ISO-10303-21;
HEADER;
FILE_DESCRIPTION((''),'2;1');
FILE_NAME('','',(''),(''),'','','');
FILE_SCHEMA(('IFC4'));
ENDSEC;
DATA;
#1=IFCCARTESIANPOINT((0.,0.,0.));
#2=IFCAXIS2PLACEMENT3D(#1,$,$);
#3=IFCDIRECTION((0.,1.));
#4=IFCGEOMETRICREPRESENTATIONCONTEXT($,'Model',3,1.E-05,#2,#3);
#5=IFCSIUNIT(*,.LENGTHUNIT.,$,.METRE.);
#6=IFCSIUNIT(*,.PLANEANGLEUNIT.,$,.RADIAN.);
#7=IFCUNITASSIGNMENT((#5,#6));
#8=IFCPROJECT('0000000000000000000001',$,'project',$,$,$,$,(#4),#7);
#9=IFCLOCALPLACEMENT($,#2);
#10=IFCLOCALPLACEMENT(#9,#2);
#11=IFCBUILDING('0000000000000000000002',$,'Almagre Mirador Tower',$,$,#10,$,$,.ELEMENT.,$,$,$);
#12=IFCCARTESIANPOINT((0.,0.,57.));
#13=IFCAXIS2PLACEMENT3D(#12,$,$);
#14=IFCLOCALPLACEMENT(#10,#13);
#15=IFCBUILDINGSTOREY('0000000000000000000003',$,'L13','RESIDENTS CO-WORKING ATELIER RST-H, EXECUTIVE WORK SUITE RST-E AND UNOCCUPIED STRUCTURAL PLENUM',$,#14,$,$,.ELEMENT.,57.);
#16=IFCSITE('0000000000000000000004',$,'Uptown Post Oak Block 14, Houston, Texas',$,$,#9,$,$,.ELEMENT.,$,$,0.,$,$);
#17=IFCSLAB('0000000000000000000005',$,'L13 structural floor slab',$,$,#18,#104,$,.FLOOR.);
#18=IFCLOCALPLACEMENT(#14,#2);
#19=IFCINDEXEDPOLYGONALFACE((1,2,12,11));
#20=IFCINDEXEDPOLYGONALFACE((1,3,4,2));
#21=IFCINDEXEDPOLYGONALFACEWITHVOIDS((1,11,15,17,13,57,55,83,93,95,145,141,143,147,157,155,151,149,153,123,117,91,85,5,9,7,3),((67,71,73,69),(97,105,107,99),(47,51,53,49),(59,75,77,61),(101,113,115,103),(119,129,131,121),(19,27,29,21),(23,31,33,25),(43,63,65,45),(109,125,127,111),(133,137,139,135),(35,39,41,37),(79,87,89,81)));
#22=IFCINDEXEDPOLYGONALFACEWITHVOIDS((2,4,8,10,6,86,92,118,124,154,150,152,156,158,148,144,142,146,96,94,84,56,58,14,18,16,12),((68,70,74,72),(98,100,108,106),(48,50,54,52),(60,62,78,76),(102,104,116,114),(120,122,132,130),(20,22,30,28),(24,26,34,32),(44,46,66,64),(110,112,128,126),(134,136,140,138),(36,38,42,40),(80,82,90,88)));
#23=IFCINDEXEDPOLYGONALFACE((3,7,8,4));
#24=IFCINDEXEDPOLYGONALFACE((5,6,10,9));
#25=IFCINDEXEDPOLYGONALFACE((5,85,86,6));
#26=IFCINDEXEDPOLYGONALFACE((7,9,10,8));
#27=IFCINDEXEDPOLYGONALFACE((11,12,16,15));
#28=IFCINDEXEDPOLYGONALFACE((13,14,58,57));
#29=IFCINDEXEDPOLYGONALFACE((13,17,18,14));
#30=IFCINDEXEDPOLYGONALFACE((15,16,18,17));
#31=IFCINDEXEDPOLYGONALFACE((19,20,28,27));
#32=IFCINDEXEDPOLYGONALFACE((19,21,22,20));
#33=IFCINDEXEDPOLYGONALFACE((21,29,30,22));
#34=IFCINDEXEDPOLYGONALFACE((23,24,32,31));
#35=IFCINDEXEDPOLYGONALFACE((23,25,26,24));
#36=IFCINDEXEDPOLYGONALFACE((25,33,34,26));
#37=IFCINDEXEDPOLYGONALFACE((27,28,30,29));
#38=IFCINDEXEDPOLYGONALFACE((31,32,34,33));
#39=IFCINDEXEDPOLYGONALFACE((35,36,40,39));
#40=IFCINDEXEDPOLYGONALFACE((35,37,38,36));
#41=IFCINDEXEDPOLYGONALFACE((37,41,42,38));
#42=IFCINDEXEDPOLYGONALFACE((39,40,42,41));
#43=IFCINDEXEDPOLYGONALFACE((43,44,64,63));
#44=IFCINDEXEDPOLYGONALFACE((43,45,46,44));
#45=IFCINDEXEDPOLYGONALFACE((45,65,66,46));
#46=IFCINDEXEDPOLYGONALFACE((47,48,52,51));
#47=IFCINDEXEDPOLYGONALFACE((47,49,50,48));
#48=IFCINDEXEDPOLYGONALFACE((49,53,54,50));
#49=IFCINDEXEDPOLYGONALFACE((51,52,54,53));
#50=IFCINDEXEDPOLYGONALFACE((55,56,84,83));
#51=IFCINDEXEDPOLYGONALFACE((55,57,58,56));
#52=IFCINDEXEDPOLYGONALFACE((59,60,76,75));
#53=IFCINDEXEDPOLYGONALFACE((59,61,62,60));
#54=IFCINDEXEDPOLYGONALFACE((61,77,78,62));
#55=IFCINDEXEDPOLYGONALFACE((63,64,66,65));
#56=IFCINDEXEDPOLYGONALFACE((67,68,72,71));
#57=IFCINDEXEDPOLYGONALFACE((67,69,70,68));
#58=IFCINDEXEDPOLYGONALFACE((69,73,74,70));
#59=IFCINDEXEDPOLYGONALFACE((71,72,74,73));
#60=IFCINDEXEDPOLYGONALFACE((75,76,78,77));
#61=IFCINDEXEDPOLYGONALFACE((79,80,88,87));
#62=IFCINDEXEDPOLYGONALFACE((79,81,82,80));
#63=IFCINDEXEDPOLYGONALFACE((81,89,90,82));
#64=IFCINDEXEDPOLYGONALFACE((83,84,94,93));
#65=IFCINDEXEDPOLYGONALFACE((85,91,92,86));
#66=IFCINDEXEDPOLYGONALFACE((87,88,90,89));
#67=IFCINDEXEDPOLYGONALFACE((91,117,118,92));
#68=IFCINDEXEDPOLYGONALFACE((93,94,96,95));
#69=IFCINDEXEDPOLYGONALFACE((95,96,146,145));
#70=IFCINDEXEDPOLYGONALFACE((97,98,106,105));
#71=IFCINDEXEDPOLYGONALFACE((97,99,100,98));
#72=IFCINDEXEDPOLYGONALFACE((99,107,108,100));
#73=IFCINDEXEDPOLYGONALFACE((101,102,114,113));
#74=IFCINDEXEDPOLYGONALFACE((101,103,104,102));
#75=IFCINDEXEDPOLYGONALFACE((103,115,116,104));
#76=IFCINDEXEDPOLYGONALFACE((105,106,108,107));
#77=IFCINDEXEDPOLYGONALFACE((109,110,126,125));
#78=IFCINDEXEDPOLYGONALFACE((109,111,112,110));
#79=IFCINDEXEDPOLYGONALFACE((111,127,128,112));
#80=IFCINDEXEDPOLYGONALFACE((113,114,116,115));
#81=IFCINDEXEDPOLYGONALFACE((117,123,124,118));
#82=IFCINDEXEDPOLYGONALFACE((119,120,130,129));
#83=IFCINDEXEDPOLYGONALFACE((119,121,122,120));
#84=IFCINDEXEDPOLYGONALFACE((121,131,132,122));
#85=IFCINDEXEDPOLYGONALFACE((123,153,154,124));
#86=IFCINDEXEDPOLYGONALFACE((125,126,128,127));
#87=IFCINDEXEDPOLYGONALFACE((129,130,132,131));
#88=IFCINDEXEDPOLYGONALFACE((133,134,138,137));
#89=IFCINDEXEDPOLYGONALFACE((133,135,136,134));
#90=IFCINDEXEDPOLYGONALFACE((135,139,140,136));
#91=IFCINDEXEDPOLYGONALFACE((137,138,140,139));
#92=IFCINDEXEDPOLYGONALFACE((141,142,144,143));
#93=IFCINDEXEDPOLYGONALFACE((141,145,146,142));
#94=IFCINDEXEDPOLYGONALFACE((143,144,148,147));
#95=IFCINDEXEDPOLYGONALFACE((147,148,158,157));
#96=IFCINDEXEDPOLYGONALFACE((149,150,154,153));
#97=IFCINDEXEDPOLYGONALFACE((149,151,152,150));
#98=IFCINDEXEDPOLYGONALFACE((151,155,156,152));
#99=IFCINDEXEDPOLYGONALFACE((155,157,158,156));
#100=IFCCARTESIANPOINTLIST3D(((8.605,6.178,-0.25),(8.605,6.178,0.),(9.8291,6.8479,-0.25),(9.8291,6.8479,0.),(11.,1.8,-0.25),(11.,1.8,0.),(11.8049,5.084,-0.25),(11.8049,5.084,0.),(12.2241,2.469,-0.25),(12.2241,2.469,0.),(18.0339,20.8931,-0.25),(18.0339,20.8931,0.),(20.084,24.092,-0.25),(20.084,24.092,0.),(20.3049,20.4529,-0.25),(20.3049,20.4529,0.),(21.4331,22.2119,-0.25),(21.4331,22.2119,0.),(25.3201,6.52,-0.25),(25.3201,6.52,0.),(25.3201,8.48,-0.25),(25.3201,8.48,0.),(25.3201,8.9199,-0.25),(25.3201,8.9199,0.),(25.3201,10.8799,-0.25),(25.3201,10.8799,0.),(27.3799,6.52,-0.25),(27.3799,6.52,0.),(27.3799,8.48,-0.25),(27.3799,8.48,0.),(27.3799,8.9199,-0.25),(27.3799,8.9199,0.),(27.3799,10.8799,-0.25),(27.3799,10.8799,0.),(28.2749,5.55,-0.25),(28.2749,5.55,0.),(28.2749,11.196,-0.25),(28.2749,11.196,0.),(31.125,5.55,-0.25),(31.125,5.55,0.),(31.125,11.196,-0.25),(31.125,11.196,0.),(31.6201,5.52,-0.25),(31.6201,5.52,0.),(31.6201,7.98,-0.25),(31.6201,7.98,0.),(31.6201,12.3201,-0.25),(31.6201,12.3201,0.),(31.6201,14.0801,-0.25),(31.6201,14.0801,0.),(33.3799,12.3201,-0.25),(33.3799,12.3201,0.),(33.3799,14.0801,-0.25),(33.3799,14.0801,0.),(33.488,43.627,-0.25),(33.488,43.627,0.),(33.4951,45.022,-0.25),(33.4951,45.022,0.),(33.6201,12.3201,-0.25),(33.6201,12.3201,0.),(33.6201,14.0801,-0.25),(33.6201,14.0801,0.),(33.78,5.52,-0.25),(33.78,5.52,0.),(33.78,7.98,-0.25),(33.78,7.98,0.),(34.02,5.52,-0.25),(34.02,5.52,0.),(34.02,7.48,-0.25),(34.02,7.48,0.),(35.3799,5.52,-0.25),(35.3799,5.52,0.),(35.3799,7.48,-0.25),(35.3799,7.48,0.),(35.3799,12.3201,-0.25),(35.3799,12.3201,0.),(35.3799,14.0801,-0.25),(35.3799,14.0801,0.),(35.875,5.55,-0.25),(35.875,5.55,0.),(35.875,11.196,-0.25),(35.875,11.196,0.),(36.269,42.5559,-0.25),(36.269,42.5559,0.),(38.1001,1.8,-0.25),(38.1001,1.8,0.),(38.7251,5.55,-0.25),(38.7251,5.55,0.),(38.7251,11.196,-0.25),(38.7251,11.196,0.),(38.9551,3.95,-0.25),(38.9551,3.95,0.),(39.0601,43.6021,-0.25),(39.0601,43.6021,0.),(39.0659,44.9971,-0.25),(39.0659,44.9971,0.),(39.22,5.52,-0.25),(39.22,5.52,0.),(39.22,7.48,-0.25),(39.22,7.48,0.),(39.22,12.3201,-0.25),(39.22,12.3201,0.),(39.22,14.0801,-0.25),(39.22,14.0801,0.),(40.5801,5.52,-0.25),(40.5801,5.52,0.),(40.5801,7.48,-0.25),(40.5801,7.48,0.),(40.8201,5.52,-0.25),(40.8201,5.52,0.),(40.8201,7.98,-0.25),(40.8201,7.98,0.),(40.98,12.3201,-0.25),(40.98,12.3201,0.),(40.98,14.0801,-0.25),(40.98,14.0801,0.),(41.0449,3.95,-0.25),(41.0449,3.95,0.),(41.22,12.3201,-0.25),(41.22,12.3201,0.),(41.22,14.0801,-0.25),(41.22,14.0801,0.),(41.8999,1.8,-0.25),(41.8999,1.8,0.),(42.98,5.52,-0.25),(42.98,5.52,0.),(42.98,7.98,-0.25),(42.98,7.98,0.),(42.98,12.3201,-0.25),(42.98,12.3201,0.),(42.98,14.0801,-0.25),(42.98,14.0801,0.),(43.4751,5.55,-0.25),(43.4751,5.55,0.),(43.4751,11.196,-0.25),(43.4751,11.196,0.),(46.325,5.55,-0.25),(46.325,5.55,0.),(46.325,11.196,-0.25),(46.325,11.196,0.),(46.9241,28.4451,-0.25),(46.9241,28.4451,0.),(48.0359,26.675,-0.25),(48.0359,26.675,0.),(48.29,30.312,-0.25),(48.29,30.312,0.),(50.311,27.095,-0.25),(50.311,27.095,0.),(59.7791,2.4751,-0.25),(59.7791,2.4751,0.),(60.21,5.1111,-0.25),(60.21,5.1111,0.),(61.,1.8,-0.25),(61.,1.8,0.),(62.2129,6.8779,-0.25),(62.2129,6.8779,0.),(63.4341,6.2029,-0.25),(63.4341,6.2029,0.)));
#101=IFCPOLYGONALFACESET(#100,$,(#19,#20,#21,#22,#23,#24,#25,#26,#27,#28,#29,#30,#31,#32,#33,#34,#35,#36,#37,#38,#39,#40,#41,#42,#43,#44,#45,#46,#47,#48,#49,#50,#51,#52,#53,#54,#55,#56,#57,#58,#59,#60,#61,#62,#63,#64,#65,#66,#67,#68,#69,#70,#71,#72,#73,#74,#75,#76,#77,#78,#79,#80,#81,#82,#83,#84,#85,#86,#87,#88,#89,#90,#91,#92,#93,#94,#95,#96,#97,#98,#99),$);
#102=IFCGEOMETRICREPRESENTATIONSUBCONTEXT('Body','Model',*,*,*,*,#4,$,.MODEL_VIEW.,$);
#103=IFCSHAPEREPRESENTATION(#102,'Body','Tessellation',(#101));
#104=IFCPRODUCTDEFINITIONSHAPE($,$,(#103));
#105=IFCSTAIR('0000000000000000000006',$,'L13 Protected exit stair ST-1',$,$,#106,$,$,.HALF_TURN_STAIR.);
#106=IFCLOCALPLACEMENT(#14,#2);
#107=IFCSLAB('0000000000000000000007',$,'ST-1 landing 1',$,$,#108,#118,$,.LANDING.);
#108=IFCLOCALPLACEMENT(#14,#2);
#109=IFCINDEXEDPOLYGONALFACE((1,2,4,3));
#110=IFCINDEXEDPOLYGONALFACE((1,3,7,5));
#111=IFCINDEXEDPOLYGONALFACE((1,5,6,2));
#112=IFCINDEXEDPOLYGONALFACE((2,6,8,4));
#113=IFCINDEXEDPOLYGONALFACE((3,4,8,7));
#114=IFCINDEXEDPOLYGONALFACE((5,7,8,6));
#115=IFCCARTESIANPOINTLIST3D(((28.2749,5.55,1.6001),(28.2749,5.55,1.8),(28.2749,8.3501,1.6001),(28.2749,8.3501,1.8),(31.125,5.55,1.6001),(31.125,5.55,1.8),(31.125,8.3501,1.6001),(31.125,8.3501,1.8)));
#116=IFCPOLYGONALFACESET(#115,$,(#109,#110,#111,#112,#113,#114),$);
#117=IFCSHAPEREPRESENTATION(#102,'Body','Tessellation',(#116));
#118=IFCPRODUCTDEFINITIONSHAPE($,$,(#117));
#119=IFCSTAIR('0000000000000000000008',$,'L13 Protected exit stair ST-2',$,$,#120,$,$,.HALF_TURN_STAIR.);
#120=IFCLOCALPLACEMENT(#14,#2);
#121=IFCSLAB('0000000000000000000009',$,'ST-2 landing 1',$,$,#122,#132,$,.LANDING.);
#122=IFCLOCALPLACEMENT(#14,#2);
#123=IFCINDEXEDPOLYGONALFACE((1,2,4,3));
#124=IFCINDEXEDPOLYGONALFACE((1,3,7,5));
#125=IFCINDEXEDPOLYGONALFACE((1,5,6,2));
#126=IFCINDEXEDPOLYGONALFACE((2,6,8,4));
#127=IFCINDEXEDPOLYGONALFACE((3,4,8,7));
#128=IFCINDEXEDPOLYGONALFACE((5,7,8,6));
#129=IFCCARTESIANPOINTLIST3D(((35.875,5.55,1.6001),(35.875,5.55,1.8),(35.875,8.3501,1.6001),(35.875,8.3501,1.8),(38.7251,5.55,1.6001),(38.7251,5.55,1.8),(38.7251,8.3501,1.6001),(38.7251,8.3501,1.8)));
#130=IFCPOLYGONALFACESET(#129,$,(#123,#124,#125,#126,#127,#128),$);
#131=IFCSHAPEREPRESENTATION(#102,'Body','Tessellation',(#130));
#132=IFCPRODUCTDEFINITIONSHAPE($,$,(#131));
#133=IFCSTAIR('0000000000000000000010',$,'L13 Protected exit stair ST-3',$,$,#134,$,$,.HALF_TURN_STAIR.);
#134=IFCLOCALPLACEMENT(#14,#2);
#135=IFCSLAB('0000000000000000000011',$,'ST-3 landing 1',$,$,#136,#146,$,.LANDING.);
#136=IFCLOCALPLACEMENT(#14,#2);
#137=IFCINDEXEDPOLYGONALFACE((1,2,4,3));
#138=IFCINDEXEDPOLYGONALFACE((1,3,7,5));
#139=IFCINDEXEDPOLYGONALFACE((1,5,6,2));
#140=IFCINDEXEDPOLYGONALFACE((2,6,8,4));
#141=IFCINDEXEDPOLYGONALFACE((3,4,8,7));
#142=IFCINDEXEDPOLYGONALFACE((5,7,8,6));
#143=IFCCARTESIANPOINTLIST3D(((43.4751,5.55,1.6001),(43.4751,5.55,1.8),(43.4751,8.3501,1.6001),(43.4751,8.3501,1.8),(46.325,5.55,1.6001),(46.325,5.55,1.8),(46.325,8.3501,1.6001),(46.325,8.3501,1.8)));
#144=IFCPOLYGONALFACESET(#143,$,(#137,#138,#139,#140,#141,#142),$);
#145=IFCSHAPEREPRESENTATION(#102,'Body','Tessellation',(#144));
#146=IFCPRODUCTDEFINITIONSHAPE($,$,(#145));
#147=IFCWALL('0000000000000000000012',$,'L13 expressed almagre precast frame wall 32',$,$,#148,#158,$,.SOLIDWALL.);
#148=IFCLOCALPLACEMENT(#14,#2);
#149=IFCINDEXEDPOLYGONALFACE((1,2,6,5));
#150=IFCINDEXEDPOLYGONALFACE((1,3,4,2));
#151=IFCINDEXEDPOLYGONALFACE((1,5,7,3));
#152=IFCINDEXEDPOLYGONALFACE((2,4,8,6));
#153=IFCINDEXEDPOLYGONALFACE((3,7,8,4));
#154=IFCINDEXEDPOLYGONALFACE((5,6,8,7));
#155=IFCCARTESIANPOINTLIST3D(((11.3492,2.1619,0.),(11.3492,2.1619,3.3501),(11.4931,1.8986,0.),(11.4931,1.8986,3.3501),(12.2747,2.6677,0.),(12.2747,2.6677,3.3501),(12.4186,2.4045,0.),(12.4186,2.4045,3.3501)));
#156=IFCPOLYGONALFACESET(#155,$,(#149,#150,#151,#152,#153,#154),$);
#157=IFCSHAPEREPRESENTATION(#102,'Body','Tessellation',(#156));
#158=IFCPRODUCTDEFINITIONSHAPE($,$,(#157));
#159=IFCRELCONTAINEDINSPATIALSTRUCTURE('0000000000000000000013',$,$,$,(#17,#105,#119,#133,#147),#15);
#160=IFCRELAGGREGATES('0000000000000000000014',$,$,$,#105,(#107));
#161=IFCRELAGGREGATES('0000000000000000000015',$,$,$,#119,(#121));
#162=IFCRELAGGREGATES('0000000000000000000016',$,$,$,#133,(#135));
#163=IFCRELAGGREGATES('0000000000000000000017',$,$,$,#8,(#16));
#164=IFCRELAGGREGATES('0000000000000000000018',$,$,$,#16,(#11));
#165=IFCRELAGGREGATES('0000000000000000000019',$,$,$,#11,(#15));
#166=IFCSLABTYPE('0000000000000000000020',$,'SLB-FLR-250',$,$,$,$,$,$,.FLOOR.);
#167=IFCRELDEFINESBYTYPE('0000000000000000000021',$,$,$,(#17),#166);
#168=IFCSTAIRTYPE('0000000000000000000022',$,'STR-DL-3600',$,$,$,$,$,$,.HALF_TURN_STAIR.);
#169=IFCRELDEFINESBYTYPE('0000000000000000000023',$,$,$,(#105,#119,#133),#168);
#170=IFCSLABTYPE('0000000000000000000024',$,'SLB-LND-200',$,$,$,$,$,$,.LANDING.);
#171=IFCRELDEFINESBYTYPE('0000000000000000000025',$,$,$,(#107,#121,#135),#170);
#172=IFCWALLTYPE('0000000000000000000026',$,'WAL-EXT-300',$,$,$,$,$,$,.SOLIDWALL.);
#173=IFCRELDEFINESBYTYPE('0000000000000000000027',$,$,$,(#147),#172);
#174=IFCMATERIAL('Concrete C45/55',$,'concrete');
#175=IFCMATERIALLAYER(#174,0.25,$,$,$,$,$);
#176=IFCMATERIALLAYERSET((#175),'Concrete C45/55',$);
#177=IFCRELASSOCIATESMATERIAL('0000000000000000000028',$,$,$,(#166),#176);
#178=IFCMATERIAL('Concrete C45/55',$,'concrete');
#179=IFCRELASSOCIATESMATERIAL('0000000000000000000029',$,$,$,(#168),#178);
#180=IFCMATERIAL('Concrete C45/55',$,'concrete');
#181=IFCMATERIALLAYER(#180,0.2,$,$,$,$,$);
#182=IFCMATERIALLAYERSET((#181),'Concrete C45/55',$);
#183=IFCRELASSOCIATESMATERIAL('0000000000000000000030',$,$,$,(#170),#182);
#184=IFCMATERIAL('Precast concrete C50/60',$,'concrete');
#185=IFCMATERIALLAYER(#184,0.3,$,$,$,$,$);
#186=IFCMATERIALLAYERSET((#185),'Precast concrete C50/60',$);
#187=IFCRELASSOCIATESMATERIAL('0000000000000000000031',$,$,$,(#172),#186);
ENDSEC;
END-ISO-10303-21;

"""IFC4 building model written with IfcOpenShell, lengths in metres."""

from ifc_helpers import new_model, si_unit, direction, frame, frame_2d, origin, place, context, subcontext, project, spatial, polyline, rectangle, outline, extrude, material, layer, layer_set, type_object, element, aggregate, save


model = new_model("IFC4")

# Units and contexts
model_context = context("Model", 3, precision=1e-05, world=origin(), true_north=direction((0.0, 1.0)))
body_context = subcontext(model_context, "Body", "Model", "MODEL_VIEW")
ifc_project = project(units=[si_unit("LENGTHUNIT", "METRE"), si_unit("PLANEANGLEUNIT", "RADIAN")], contexts=[model_context])

# Site, building, storey
site_placement = place(None, origin())
site = spatial("IfcSite", under=ifc_project, at=site_placement, Name="Uptown Post Oak Block 14, Houston, Texas", CompositionType="ELEMENT", RefElevation=0.0)
building_placement = place(site_placement, origin())
building = spatial("IfcBuilding", under=site, at=building_placement, Name="Almagre Mirador Tower", CompositionType="ELEMENT")
storey_placement = place(building_placement, frame((0.0, 0.0, 57.0)))
storey = spatial("IfcBuildingStorey", under=building, at=storey_placement, Name="L13", Description="RESIDENTS CO-WORKING ATELIER RST-H, EXECUTIVE WORK SUITE RST-E AND UNOCCUPIED STRUCTURAL PLENUM", CompositionType="ELEMENT", Elevation=57.0)

# Slab
ifc_material_1 = material(Name="Concrete C45/55", Category="concrete")
ifc_layer_1 = layer(ifc_material_1, 0.25)
ifc_layer_set_1 = layer_set([ifc_layer_1], Name="Concrete C45/55")
slab_type_1 = type_object("IfcSlabType", Name="SLB-FLR-250", PredefinedType="FLOOR", material=ifc_layer_set_1)
slab_1_placement = place(storey_placement, frame((0.0, 0.0, -0.25)))
element("IfcSlab", 1, at=slab_1_placement, inside=storey, type_object=slab_type_1, Name="L13 structural floor slab", PredefinedType="FLOOR", context=body_context, shape_type="SweptSolid", body=[
    extrude(outline(polyline([(8.605, 6.178), (9.8291, 6.8479), (11.8049, 5.084), (12.2241, 2.469), (11.0, 1.8), (38.1001, 1.8), (38.9551, 3.95), (41.0449, 3.95), (41.8999, 1.8), (61.0, 1.8), (59.7791, 2.4751), (60.21, 5.1111), (62.2129, 6.8779), (63.4341, 6.2029), (50.311, 27.095), (48.0359, 26.675), (46.9241, 28.4451), (48.29, 30.312), (39.0659, 44.9971), (39.0601, 43.6021), (36.269, 42.5559), (33.488, 43.627), (33.4951, 45.022), (20.084, 24.092), (21.4331, 22.2119), (20.3049, 20.4529), (18.0339, 20.8931), (8.605, 6.178)]), holes=[polyline([(43.4751, 11.196), (46.325, 11.196), (46.325, 5.55), (43.4751, 5.55), (43.4751, 11.196)]), polyline([(40.8201, 5.52), (40.8201, 7.98), (42.98, 7.98), (42.98, 5.52), (40.8201, 5.52)]), polyline([(41.22, 12.3201), (41.22, 14.0801), (42.98, 14.0801), (42.98, 12.3201), (41.22, 12.3201)]), polyline([(39.22, 12.3201), (39.22, 14.0801), (40.98, 14.0801), (40.98, 12.3201), (39.22, 12.3201)]), polyline([(39.22, 5.52), (39.22, 7.48), (40.5801, 7.48), (40.5801, 5.52), (39.22, 5.52)]), polyline([(35.875, 11.196), (38.7251, 11.196), (38.7251, 5.55), (35.875, 5.55), (35.875, 11.196)]), polyline([(35.3799, 5.52), (34.02, 5.52), (34.02, 7.48), (35.3799, 7.48), (35.3799, 5.52)]), polyline([(35.3799, 12.3201), (33.6201, 12.3201), (33.6201, 14.0801), (35.3799, 14.0801), (35.3799, 12.3201)]), polyline([(31.6201, 5.52), (31.6201, 7.98), (33.78, 7.98), (33.78, 5.52), (31.6201, 5.52)]), polyline([(31.6201, 12.3201), (31.6201, 14.0801), (33.3799, 14.0801), (33.3799, 12.3201), (31.6201, 12.3201)]), polyline([(28.2749, 5.55), (28.2749, 11.196), (31.125, 11.196), (31.125, 5.55), (28.2749, 5.55)]), polyline([(25.3201, 6.52), (25.3201, 8.48), (27.3799, 8.48), (27.3799, 6.52), (25.3201, 6.52)]), polyline([(25.3201, 8.9199), (25.3201, 10.8799), (27.3799, 10.8799), (27.3799, 8.9199), (25.3201, 8.9199)])]), origin(), (0.0, 0.0, 1.0), 0.25),
])

# Stairs, slabs
ifc_material_2 = material(Name="Concrete C45/55", Category="concrete")
stair_type = type_object("IfcStairType", Name="STR-DL-3600", PredefinedType="HALF_TURN_STAIR", material=ifc_material_2)
stair_1_placement = place(storey_placement, origin())
stair_1 = element("IfcStair", 2, at=stair_1_placement, inside=storey, type_object=stair_type, Name="L13 Protected exit stair ST-1", PredefinedType="HALF_TURN_STAIR")
ifc_material_3 = material(Name="Concrete C45/55", Category="concrete")
ifc_layer_2 = layer(ifc_material_3, 0.2)
ifc_layer_set_2 = layer_set([ifc_layer_2], Name="Concrete C45/55")
slab_type_2 = type_object("IfcSlabType", Name="SLB-LND-200", PredefinedType="LANDING", material=ifc_layer_set_2)
slab_2_placement = place(storey_placement, frame((0.0, 0.0, 1.6001)))
slab_2 = element("IfcSlab", 3, at=slab_2_placement, type_object=slab_type_2, Name="ST-1 landing 1", PredefinedType="LANDING", context=body_context, shape_type="SweptSolid", body=[
    extrude(outline(polyline([(28.2749, 8.3501), (28.2749, 5.55), (31.125, 5.55), (31.125, 8.3501), (28.2749, 8.3501)])), origin(), (0.0, 0.0, 1.0), 0.2),
])
aggregate(stair_1, [slab_2])
stair_2_placement = place(storey_placement, origin())
stair_2 = element("IfcStair", 4, at=stair_2_placement, inside=storey, type_object=stair_type, Name="L13 Protected exit stair ST-2", PredefinedType="HALF_TURN_STAIR")
slab_3_placement = place(storey_placement, frame((0.0, 0.0, 1.6001)))
slab_3 = element("IfcSlab", 5, at=slab_3_placement, type_object=slab_type_2, Name="ST-2 landing 1", PredefinedType="LANDING", context=body_context, shape_type="SweptSolid", body=[
    extrude(outline(polyline([(35.875, 8.3501), (35.875, 5.55), (38.7251, 5.55), (38.7251, 8.3501), (35.875, 8.3501)])), origin(), (0.0, 0.0, 1.0), 0.2),
])
aggregate(stair_2, [slab_3])
stair_3_placement = place(storey_placement, origin())
stair_3 = element("IfcStair", 6, at=stair_3_placement, inside=storey, type_object=stair_type, Name="L13 Protected exit stair ST-3", PredefinedType="HALF_TURN_STAIR")
slab_4_placement = place(storey_placement, frame((0.0, 0.0, 1.6001)))
slab_4 = element("IfcSlab", 7, at=slab_4_placement, type_object=slab_type_2, Name="ST-3 landing 1", PredefinedType="LANDING", context=body_context, shape_type="SweptSolid", body=[
    extrude(outline(polyline([(43.4751, 8.3501), (43.4751, 5.55), (46.325, 5.55), (46.325, 8.3501), (43.4751, 8.3501)])), origin(), (0.0, 0.0, 1.0), 0.2),
])
aggregate(stair_3, [slab_4])

# Wall
ifc_material_4 = material(Name="Precast concrete C50/60", Category="concrete")
ifc_layer_3 = layer(ifc_material_4, 0.3)
ifc_layer_set_3 = layer_set([ifc_layer_3], Name="Precast concrete C50/60")
wall_type = type_object("IfcWallType", Name="WAL-EXT-300", PredefinedType="SOLIDWALL", material=ifc_layer_set_3)
wall_1_placement = place(storey_placement, frame((11.4211, 2.0303, 0.0), z_axis=(0.0, 0.0, 1.0), x_axis=(0.877488, 0.479598, 0.0)))
element("IfcWall", 8, at=wall_1_placement, inside=storey, type_object=wall_type, Name="L13 expressed almagre precast frame wall 32", PredefinedType="SOLIDWALL", context=body_context, shape_type="SweptSolid", body=[
    extrude(rectangle(XDim=1.0547, YDim=0.3, at=frame_2d((0.5273, 0.0))), origin(), (0.0, 0.0, 1.0), 3.3501),
])

save(model, "model.ifc")
